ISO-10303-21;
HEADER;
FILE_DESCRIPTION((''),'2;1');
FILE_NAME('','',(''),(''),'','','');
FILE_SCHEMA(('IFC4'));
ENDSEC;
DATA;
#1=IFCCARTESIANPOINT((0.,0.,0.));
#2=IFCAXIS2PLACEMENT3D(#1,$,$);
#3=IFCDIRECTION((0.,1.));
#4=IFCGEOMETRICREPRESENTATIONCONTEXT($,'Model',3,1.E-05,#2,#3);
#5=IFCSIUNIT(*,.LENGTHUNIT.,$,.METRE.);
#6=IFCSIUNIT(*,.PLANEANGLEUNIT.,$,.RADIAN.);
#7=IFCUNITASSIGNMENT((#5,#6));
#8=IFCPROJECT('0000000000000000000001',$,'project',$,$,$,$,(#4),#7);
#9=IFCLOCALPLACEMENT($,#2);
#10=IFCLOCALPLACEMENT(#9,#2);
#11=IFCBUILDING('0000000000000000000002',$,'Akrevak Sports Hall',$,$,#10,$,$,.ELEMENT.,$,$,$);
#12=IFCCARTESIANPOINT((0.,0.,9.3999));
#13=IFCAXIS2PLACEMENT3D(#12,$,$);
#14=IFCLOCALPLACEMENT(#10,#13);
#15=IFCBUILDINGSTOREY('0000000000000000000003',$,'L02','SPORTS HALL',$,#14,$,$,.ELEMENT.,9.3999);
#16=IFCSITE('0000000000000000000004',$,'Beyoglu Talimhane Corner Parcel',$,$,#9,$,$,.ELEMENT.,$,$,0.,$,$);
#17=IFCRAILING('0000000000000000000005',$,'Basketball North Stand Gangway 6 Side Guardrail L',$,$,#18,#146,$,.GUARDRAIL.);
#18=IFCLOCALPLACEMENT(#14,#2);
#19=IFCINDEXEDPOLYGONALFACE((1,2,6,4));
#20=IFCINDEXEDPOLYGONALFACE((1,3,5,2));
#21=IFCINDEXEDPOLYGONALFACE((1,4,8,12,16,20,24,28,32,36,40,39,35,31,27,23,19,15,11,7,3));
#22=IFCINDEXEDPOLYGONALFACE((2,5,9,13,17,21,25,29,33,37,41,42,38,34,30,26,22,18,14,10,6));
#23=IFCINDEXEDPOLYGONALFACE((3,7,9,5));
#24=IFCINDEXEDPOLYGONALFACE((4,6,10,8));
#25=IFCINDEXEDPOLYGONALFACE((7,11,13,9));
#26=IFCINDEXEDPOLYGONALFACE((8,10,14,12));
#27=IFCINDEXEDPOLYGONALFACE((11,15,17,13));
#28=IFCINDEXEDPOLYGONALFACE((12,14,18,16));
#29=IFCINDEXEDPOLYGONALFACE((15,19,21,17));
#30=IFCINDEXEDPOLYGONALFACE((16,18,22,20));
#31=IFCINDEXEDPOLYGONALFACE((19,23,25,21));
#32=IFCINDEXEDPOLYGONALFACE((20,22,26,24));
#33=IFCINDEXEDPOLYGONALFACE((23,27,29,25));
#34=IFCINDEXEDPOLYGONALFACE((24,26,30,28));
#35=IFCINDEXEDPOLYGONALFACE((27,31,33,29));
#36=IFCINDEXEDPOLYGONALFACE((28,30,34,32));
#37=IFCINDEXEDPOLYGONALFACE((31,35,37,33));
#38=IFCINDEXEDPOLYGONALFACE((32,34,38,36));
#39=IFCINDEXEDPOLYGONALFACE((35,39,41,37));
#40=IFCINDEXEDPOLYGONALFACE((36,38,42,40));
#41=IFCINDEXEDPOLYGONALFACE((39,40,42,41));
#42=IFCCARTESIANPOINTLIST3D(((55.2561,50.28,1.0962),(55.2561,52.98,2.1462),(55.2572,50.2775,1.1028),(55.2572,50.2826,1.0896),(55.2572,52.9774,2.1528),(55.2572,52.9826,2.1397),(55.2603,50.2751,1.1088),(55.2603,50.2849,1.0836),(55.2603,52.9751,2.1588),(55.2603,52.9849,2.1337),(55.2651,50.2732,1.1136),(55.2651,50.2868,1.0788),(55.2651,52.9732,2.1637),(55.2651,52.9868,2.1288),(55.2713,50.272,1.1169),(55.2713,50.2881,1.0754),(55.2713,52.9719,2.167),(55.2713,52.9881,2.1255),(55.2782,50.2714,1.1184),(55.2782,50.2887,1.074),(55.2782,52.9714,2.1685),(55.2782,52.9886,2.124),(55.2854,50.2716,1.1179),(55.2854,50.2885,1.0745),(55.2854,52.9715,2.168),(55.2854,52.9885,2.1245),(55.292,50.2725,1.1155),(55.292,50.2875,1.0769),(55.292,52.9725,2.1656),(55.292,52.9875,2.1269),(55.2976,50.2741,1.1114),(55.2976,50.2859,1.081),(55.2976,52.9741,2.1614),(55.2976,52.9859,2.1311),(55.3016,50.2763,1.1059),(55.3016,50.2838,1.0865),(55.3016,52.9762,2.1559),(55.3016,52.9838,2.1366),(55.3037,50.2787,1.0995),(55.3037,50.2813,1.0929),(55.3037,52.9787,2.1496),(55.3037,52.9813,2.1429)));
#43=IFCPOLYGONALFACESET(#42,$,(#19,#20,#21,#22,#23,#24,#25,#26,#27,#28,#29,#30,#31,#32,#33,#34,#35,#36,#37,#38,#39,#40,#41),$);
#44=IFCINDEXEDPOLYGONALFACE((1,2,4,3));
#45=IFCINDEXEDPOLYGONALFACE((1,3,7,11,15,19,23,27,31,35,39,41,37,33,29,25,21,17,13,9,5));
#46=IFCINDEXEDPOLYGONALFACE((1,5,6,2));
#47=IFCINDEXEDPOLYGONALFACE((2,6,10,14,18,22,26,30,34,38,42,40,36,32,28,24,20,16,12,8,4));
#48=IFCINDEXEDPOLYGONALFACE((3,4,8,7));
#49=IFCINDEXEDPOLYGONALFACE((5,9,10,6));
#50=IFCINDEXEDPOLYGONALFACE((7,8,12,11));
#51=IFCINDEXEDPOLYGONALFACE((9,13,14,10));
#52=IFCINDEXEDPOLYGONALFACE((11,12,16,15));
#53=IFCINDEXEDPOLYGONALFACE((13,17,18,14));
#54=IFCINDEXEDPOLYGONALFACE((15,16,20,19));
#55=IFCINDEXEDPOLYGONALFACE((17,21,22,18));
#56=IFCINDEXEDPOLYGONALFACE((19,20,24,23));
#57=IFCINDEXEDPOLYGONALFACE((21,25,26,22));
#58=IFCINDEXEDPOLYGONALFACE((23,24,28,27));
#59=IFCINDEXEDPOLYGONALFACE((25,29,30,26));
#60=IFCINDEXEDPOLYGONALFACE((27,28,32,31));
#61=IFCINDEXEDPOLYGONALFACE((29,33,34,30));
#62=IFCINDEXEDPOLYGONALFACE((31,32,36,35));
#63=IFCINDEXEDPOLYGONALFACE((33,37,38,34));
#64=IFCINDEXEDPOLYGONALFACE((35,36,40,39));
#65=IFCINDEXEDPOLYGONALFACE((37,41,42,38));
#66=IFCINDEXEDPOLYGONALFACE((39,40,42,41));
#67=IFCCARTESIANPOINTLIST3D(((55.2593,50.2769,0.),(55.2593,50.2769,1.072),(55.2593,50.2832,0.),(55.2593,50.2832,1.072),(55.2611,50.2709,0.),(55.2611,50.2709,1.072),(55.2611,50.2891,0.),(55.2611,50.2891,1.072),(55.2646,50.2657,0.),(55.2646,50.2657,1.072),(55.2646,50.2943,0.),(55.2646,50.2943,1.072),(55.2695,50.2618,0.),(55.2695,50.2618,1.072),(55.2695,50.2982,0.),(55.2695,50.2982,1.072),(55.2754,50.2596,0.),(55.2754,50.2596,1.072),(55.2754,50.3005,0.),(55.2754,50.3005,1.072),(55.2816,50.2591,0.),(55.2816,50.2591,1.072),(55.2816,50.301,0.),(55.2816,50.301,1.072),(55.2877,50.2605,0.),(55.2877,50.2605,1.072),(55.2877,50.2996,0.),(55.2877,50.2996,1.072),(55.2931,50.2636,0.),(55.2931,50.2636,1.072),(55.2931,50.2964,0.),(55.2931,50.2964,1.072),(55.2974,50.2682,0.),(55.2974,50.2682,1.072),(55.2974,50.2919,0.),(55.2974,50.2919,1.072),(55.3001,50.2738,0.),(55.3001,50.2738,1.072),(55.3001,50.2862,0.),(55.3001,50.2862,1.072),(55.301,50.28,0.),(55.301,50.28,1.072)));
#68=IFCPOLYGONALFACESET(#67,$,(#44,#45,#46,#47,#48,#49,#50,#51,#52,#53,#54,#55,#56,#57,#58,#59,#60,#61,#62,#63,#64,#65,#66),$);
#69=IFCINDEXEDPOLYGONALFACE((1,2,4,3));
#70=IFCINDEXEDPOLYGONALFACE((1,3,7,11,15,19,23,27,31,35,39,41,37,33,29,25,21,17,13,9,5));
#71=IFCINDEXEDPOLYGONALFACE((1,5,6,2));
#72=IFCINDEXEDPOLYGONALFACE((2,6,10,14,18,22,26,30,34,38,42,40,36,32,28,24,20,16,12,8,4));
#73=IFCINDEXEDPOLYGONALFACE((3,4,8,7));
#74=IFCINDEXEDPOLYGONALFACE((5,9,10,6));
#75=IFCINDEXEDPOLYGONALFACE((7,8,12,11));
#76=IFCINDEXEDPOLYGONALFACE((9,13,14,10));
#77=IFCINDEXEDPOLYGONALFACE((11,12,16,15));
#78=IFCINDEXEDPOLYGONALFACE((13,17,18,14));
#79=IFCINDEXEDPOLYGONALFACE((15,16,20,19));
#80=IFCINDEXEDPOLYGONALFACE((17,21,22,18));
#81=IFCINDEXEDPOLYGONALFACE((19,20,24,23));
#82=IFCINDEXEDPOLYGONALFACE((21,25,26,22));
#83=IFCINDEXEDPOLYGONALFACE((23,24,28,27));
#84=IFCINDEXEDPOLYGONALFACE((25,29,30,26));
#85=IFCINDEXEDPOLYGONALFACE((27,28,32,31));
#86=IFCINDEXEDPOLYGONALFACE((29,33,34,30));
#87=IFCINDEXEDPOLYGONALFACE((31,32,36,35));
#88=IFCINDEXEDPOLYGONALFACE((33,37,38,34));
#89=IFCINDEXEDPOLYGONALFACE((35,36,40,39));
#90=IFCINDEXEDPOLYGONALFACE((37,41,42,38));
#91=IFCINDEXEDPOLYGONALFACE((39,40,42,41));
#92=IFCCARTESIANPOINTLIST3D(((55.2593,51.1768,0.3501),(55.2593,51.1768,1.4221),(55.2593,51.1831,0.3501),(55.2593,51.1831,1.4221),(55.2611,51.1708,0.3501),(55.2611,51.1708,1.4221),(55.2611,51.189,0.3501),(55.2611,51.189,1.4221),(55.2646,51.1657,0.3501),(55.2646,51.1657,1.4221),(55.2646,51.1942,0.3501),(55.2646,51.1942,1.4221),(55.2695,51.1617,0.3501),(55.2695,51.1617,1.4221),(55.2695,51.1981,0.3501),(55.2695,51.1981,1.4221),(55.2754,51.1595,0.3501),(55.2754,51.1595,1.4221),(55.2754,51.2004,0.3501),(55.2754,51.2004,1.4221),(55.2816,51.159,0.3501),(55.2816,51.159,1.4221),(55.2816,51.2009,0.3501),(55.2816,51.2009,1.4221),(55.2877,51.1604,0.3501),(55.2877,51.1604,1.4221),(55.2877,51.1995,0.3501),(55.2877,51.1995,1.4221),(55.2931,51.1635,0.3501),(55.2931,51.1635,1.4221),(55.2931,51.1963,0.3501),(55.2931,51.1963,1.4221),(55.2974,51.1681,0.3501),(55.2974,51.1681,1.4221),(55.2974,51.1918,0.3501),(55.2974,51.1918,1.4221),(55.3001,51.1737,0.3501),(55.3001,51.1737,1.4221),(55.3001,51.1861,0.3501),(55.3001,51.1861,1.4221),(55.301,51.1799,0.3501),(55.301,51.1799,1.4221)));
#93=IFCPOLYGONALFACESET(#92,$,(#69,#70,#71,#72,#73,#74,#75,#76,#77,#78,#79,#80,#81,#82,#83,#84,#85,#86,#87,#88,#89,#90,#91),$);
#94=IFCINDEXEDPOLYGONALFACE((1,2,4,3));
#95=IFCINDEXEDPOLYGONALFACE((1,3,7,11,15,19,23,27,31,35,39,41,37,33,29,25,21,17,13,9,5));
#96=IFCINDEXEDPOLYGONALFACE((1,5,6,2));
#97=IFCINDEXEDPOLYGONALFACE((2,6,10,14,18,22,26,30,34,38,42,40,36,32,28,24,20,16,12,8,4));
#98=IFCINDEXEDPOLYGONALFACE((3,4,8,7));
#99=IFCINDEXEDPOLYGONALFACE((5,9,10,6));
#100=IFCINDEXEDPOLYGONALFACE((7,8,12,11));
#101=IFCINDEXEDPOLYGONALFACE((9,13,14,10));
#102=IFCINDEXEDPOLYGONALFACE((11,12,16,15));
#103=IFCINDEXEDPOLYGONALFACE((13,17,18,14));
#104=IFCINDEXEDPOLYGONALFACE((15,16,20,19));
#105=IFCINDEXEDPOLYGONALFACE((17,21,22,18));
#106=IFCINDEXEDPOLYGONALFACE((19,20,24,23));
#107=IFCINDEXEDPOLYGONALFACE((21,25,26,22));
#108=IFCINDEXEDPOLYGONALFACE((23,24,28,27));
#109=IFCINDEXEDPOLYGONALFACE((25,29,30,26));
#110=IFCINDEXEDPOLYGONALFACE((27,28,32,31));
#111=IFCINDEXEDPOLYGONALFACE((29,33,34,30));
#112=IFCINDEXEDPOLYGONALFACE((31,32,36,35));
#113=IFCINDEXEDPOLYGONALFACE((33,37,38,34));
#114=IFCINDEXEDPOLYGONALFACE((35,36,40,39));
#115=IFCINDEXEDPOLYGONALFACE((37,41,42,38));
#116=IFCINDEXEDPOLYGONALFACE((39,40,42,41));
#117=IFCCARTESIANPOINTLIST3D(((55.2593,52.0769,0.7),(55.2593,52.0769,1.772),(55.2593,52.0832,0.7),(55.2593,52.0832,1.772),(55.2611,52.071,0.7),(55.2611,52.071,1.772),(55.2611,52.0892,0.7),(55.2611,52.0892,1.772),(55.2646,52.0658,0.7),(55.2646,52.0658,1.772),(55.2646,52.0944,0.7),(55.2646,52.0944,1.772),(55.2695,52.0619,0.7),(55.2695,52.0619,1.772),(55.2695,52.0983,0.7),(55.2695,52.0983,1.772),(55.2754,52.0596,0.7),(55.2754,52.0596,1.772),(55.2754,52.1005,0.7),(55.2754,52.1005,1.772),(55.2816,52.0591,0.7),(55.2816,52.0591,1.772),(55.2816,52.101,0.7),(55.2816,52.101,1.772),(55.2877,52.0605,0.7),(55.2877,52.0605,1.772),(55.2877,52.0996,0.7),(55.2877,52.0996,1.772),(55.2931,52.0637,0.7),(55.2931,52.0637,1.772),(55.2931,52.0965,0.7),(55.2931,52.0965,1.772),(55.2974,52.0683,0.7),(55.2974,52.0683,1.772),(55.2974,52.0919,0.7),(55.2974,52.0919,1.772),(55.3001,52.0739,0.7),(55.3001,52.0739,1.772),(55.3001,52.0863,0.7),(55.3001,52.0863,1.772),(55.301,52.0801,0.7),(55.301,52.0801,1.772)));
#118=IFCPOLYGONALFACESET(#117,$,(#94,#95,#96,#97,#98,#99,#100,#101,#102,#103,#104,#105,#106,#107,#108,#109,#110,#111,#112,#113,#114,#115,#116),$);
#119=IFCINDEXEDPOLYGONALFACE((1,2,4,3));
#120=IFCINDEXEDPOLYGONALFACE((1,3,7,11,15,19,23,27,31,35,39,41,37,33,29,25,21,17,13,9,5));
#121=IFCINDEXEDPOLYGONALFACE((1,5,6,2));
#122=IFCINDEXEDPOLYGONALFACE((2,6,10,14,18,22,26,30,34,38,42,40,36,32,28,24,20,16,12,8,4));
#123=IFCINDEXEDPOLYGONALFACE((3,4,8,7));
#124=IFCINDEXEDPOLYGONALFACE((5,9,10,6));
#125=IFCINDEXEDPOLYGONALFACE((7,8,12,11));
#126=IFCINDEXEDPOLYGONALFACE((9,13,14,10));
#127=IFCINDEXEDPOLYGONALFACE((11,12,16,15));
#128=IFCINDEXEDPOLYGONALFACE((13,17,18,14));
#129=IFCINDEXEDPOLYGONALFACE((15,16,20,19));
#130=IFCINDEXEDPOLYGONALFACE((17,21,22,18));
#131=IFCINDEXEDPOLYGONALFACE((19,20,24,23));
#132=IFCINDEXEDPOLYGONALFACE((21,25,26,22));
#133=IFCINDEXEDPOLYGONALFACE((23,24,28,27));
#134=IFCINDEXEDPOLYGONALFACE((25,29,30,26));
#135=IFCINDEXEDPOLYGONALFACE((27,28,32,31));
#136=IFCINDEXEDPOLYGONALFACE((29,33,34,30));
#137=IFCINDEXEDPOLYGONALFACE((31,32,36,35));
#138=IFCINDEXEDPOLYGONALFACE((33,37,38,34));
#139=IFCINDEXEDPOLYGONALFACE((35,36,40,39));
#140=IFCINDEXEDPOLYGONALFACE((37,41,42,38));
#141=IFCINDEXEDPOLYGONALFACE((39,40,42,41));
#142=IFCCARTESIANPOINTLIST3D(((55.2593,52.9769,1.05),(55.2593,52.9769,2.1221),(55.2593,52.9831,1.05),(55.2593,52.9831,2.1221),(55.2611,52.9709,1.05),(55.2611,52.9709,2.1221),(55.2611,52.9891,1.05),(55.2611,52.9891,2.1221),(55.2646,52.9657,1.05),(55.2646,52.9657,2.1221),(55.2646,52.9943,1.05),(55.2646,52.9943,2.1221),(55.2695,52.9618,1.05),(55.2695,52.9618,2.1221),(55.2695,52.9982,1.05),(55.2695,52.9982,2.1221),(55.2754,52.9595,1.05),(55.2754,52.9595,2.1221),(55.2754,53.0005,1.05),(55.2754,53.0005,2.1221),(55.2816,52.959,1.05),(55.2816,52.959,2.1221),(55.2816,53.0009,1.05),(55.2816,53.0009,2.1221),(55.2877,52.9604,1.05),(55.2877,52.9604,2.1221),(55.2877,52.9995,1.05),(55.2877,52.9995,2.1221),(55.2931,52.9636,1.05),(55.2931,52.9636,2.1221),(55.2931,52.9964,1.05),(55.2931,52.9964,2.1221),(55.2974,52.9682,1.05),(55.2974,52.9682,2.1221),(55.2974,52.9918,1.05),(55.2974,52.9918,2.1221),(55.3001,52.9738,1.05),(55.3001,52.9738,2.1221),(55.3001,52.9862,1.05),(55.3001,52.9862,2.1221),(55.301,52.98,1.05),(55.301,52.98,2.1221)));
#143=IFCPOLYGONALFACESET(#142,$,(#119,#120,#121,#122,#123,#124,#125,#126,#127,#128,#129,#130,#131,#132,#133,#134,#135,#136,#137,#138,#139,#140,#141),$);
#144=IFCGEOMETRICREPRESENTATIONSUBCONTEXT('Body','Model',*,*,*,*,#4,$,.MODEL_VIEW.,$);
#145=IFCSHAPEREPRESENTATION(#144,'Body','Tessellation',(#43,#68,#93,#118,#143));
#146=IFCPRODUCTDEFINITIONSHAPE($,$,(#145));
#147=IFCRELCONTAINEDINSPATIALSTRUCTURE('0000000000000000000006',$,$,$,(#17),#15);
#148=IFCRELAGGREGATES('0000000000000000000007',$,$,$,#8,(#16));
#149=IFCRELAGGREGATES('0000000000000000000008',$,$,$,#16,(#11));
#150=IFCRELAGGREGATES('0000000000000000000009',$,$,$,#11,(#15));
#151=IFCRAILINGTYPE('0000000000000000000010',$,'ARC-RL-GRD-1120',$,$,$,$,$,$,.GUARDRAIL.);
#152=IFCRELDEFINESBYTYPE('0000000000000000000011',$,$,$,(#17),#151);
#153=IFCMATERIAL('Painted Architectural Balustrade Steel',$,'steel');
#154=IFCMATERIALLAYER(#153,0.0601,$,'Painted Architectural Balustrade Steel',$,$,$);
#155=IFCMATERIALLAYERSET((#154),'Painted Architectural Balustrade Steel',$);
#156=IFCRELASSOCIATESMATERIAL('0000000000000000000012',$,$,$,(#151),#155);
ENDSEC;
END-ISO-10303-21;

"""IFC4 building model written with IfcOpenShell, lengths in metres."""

from ifc_helpers import new_model, si_unit, direction, frame, origin, origin_2d, place, context, subcontext, project, spatial, circle, extrude, material, layer, layer_set, type_object, element, save


model = new_model("IFC4")

# Units and contexts
model_context = context("Model", 3, precision=1e-05, world=origin(), true_north=direction((0.0, 1.0)))
body_context = subcontext(model_context, "Body", "Model", "MODEL_VIEW")
ifc_project = project(units=[si_unit("LENGTHUNIT", "METRE"), si_unit("PLANEANGLEUNIT", "RADIAN")], contexts=[model_context])

# Site, building, storey
site_placement = place(None, origin())
site = spatial("IfcSite", under=ifc_project, at=site_placement, Name="Beyoglu Talimhane Corner Parcel", CompositionType="ELEMENT", RefElevation=0.0)
building_placement = place(site_placement, origin())
building = spatial("IfcBuilding", under=site, at=building_placement, Name="Akrevak Sports Hall", CompositionType="ELEMENT")
storey_placement = place(building_placement, frame((0.0, 0.0, 9.3999)))
storey = spatial("IfcBuildingStorey", under=building, at=storey_placement, Name="L02", Description="SPORTS HALL", CompositionType="ELEMENT", Elevation=9.3999)

# Railing
ifc_material_1 = material(Name="Painted Architectural Balustrade Steel", Category="steel")
ifc_layer_1 = layer(ifc_material_1, 0.0601, Name="Painted Architectural Balustrade Steel")
ifc_layer_set_1 = layer_set([ifc_layer_1], Name="Painted Architectural Balustrade Steel")
railing_type_1 = type_object("IfcRailingType", Name="ARC-RL-GRD-1120", PredefinedType="GUARDRAIL", material=ifc_layer_set_1)
for number, where, name in (
    (1, (55.28, 50.28, 0.0), "Basketball North Stand Gangway 6 Side Guardrail L"),
):
    element("IfcRailing", number, at=place(storey_placement, frame(where)), inside=storey, type_object=railing_type_1, Name=name, PredefinedType="GUARDRAIL", context=body_context, shape_type="SweptSolid", body=[
        extrude(circle(Radius=0.0239, at=origin_2d()), frame((0.0, 0.0, 1.0962), z_axis=(0.0, 0.931997, 0.362467), x_axis=(-1.0, 0.0, 0.0)), (0.0, 0.0, 1.0), 2.897),
        extrude(circle(Radius=0.021, at=origin_2d()), origin(), (0.0, 0.0, 1.0), 1.072),
        extrude(circle(Radius=0.021, at=origin_2d()), frame((0.0, 0.8999, 0.3501)), (0.0, 0.0, 1.0), 1.072),
        extrude(circle(Radius=0.021, at=origin_2d()), frame((0.0, 1.8, 0.7)), (0.0, 0.0, 1.0), 1.072),
        extrude(circle(Radius=0.021, at=origin_2d()), frame((0.0, 2.7, 1.05)), (0.0, 0.0, 1.0), 1.072),
    ])

save(model, "model.ifc")
